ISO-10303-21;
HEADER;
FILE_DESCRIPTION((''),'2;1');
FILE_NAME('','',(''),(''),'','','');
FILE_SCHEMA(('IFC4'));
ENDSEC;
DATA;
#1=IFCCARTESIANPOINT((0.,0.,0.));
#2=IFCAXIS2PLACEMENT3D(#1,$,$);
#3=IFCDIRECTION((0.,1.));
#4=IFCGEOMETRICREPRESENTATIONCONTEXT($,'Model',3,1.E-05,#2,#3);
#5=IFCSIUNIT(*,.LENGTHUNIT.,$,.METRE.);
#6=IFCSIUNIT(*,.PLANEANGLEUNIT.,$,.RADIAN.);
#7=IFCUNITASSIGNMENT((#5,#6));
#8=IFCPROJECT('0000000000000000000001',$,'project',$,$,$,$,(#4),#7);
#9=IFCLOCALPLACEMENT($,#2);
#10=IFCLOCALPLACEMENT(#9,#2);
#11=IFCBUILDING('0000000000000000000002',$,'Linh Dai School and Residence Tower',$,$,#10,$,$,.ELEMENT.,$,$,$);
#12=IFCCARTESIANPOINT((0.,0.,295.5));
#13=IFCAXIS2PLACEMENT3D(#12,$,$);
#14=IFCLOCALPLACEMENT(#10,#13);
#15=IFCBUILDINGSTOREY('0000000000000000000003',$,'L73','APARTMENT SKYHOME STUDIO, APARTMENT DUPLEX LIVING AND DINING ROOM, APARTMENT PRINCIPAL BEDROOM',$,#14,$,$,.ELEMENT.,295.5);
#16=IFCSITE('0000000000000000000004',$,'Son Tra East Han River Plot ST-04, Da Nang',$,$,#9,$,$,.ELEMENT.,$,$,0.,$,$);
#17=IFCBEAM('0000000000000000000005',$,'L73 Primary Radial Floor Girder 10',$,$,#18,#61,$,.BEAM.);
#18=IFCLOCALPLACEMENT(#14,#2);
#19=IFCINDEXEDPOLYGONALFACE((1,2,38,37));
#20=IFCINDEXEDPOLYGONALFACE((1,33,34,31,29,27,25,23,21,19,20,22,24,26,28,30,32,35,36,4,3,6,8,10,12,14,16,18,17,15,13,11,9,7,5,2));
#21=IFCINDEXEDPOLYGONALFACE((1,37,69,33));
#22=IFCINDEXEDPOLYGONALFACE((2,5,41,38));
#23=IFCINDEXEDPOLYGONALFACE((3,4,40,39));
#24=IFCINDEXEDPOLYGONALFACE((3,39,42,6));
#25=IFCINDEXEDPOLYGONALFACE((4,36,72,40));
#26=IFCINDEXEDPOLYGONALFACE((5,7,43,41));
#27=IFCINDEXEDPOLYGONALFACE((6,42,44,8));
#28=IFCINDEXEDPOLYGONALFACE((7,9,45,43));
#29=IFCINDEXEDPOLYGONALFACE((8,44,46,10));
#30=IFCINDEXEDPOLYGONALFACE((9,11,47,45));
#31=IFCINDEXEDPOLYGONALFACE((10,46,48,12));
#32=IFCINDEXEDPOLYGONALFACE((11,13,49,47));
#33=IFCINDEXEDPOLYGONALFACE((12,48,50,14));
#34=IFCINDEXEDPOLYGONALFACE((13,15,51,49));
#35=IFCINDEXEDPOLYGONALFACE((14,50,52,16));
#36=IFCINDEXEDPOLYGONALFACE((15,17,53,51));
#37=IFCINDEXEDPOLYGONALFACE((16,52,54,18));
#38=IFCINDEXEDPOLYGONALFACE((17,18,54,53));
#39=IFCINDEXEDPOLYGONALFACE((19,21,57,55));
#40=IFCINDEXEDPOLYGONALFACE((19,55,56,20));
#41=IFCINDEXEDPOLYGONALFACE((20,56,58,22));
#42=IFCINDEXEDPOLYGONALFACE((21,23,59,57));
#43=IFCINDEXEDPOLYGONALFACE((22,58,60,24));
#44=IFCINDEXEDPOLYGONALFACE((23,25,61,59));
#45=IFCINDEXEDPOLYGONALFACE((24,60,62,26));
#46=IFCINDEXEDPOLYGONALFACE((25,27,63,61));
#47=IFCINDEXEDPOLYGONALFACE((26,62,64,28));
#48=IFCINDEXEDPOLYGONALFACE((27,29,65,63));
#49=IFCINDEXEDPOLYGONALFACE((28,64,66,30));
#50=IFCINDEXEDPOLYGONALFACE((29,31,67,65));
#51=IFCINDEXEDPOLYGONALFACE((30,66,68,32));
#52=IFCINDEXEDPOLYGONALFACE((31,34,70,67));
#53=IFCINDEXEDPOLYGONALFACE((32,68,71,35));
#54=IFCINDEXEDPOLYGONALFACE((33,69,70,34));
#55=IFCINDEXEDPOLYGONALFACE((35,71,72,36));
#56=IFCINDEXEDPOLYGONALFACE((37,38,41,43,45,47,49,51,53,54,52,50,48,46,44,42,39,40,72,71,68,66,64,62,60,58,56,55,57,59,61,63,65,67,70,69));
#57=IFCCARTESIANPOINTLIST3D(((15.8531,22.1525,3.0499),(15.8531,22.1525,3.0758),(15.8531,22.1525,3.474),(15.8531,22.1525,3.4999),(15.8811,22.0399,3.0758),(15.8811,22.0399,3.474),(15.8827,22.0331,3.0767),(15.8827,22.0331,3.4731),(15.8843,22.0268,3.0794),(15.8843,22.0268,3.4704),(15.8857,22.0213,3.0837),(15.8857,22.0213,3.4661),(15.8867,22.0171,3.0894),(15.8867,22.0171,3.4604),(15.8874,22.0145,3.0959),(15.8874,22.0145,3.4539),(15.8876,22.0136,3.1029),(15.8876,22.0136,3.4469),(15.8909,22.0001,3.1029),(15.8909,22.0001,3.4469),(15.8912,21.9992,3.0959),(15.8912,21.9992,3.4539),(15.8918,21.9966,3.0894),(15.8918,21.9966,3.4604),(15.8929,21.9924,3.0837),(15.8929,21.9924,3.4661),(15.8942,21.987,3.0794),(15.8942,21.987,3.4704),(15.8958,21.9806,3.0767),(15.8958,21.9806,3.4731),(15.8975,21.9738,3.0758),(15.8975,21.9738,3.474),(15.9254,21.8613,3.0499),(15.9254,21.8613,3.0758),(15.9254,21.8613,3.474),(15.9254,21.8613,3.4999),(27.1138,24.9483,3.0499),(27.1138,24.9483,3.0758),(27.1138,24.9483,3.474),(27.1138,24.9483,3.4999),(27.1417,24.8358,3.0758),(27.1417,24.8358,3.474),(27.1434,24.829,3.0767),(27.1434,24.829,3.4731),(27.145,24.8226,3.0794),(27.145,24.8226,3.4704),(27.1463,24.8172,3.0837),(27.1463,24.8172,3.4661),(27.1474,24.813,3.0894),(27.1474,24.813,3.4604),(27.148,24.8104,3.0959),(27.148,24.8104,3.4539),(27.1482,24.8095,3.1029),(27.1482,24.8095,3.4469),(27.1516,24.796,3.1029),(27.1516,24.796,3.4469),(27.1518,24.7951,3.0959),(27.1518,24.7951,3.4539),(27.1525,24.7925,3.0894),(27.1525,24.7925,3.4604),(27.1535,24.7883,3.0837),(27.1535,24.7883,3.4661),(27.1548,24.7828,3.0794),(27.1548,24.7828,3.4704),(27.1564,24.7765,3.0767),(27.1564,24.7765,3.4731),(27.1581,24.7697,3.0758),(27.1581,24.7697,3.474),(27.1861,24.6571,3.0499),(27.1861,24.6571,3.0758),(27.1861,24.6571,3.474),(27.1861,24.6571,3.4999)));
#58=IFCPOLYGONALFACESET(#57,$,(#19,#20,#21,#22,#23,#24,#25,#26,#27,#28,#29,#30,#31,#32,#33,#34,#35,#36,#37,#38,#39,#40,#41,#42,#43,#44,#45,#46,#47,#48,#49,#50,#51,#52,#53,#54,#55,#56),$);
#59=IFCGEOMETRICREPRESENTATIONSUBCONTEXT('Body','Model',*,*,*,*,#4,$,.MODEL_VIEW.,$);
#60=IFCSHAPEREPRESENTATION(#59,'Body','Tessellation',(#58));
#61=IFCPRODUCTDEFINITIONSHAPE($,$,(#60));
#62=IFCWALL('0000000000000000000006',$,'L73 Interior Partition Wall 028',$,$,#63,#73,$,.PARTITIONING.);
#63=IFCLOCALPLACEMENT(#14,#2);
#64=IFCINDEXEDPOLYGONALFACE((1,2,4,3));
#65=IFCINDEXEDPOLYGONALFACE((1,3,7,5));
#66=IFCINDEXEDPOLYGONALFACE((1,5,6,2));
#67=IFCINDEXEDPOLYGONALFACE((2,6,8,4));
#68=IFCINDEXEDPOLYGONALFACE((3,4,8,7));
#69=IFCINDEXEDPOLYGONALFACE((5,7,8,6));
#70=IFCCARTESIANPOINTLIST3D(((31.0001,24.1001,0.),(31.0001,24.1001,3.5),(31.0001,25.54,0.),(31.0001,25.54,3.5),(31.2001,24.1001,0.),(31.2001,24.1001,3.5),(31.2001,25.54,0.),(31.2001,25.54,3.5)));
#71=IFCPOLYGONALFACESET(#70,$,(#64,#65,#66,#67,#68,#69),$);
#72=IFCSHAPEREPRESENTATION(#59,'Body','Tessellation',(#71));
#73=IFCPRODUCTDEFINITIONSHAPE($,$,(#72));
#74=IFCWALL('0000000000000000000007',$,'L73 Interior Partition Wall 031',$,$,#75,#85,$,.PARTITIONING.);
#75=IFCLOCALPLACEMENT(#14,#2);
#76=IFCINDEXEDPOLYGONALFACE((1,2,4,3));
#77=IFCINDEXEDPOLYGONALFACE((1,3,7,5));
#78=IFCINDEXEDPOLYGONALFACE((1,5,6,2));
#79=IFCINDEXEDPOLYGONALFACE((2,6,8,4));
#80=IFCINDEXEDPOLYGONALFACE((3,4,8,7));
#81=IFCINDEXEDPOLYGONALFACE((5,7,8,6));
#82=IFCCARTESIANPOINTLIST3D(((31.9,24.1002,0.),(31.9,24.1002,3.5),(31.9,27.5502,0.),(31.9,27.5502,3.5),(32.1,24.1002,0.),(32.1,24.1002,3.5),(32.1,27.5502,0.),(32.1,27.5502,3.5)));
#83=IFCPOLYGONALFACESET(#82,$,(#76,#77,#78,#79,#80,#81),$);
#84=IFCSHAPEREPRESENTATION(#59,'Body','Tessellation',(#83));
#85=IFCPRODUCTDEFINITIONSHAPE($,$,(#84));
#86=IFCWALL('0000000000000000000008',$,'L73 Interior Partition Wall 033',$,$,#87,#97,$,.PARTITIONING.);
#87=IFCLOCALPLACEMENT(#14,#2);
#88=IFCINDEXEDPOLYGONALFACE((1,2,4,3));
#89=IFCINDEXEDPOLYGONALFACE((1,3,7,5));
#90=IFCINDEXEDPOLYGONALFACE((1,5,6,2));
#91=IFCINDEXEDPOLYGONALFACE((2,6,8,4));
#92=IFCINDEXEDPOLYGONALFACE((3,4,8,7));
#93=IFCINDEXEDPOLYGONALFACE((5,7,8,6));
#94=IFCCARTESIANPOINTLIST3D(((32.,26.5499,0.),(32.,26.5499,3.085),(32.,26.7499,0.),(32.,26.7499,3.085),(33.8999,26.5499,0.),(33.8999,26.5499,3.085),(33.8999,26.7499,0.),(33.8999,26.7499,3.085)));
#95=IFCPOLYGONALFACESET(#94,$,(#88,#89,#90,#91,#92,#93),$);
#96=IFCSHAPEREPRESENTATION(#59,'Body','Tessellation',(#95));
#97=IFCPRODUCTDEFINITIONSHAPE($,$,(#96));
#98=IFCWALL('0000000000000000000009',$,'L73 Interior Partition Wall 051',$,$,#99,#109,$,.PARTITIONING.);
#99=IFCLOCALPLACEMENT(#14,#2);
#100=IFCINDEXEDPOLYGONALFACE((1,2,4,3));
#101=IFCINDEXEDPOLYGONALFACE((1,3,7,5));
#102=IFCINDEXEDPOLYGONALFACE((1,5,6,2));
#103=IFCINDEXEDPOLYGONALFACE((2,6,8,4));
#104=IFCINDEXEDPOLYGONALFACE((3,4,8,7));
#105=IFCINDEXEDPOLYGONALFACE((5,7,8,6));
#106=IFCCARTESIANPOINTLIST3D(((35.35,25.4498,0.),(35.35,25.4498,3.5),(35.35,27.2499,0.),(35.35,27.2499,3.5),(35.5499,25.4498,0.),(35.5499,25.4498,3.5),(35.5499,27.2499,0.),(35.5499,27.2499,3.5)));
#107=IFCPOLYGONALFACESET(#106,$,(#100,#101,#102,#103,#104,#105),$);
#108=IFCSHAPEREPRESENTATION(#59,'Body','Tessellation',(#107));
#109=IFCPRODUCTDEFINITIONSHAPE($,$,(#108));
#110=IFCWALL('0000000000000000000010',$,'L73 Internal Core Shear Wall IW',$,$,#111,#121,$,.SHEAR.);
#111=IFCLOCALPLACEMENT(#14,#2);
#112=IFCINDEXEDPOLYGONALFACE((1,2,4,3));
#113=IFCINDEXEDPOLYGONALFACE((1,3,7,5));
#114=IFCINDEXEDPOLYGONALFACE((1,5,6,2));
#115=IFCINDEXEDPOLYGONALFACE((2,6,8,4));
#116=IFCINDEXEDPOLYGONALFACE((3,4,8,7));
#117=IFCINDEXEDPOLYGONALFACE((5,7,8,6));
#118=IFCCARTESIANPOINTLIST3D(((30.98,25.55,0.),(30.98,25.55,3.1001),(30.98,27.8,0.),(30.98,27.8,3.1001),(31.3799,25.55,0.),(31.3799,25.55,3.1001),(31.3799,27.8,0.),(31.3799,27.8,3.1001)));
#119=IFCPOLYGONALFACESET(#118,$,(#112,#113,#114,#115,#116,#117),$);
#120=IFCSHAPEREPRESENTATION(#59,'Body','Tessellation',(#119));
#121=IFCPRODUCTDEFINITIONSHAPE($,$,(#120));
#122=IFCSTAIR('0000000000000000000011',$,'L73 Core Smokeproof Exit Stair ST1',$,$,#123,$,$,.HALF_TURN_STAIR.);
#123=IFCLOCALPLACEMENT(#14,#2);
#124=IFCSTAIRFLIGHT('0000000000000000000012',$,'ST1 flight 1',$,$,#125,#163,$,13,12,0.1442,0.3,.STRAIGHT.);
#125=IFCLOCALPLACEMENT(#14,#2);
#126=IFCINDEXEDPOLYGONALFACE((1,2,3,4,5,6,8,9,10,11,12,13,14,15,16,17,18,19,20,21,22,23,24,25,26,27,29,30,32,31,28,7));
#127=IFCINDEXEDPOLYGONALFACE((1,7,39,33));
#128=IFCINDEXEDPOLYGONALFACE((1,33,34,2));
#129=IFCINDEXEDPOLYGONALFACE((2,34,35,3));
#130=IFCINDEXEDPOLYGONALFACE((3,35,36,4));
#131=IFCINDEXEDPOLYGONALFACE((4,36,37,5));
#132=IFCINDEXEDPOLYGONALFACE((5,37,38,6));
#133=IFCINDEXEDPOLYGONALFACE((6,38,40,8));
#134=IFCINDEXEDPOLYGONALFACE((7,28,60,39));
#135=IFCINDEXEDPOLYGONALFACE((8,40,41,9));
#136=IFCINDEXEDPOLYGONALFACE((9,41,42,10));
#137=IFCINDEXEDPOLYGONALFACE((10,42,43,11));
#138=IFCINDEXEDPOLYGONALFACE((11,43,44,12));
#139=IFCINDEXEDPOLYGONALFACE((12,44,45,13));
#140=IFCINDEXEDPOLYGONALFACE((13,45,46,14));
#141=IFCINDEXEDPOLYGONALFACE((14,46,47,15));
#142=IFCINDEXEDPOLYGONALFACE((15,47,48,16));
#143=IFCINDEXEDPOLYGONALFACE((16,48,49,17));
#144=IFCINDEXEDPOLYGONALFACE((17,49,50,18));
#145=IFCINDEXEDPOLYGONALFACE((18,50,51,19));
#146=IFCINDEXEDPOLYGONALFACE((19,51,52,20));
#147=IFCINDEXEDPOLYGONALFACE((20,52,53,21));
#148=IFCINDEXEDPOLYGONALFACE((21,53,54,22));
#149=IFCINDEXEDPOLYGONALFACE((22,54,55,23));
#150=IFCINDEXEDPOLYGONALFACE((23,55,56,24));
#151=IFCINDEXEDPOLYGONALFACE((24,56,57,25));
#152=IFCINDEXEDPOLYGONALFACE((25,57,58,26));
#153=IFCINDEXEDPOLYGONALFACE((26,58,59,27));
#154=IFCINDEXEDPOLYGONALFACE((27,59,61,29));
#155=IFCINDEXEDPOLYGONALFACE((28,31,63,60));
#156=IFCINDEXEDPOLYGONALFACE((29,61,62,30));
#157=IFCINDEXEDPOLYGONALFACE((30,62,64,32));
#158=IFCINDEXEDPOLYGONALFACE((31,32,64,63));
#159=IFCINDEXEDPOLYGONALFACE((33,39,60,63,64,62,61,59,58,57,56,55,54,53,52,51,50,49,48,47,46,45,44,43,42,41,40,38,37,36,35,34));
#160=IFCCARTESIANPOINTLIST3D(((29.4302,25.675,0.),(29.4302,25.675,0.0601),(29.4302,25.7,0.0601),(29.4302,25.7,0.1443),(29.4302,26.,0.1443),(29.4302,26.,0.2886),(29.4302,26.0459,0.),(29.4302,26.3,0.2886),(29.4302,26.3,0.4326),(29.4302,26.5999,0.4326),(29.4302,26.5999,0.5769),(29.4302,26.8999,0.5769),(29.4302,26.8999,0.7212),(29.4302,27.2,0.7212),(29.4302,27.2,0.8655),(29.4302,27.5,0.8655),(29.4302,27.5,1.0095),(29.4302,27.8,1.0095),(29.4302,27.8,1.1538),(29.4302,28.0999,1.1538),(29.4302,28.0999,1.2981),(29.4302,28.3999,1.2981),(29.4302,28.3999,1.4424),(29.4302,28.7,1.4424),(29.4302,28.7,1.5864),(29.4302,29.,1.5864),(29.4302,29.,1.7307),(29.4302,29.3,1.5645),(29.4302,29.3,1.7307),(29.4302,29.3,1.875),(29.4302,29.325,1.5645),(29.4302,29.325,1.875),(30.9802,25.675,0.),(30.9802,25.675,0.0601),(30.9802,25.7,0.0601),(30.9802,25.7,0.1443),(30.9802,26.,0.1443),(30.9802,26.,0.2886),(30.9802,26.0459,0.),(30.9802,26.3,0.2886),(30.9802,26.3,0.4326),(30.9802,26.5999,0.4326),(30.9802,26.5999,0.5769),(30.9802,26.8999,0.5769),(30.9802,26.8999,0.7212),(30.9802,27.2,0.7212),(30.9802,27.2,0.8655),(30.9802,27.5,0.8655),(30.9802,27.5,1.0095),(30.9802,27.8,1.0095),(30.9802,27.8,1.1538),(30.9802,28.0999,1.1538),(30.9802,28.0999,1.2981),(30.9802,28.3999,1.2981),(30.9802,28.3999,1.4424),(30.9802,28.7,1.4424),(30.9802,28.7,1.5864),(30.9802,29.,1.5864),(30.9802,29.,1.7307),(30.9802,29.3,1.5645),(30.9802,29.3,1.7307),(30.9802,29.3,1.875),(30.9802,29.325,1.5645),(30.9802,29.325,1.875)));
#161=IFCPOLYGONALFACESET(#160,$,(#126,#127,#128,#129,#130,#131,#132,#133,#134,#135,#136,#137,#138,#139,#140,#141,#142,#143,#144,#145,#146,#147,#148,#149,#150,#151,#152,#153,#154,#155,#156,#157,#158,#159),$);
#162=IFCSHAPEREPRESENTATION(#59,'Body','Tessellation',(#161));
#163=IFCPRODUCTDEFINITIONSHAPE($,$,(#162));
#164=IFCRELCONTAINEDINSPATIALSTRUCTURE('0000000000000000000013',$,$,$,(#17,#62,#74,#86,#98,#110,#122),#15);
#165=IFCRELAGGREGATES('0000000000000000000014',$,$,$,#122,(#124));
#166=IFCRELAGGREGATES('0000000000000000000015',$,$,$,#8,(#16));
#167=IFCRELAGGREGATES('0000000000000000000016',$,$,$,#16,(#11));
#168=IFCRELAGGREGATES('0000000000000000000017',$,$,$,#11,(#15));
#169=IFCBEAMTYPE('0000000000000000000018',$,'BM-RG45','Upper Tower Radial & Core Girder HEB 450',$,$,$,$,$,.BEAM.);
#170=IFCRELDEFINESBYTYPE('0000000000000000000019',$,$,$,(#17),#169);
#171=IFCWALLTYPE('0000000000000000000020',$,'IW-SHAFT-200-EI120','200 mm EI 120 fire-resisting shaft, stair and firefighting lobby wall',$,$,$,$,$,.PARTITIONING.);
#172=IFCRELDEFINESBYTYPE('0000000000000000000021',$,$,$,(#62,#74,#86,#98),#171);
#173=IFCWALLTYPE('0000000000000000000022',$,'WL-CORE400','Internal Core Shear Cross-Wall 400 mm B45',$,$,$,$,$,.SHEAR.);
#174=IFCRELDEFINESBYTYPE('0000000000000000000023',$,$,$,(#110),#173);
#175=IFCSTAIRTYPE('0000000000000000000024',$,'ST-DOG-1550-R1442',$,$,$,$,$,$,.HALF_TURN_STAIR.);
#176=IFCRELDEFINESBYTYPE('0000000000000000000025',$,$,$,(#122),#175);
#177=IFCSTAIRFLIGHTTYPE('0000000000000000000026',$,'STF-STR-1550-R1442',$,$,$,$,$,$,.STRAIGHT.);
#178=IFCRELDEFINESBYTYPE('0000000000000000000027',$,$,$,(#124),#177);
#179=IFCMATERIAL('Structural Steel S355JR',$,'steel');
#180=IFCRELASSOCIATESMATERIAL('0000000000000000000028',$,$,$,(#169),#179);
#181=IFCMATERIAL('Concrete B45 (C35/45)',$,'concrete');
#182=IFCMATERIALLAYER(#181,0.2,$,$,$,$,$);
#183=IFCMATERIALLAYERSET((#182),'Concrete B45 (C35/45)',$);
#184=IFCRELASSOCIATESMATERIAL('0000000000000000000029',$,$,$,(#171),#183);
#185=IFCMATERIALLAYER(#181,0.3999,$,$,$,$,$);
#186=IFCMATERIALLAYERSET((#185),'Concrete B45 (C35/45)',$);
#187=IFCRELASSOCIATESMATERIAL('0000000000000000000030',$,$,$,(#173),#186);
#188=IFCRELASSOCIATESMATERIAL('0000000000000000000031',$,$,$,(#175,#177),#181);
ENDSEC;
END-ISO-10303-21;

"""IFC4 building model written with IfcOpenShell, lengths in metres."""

from ifc_helpers import new_model, si_unit, direction, frame, frame_2d, origin, origin_2d, place, context, subcontext, project, spatial, polyline, rectangle, i_section, outline, extrude, source, transform, mapped, material, layer, layer_set, material_profile, profile_set, type_object, element, aggregate, save


model = new_model("IFC4")

# Units and contexts
model_context = context("Model", 3, precision=1e-05, world=origin(), true_north=direction((0.0, 1.0)))
body_context = subcontext(model_context, "Body", "Model", "MODEL_VIEW")
ifc_project = project(units=[si_unit("LENGTHUNIT", "METRE"), si_unit("PLANEANGLEUNIT", "RADIAN")], contexts=[model_context])

# Site, building, storey
site_placement = place(None, origin())
site = spatial("IfcSite", under=ifc_project, at=site_placement, Name="Son Tra East Han River Plot ST-04, Da Nang", CompositionType="ELEMENT", RefElevation=0.0)
building_placement = place(site_placement, origin())
building = spatial("IfcBuilding", under=site, at=building_placement, Name="Linh Dai School and Residence Tower", CompositionType="ELEMENT")
storey_placement = place(building_placement, frame((0.0, 0.0, 295.5)))
storey = spatial("IfcBuildingStorey", under=building, at=storey_placement, Name="L73", Description="APARTMENT SKYHOME STUDIO, APARTMENT DUPLEX LIVING AND DINING ROOM, APARTMENT PRINCIPAL BEDROOM", CompositionType="ELEMENT", Elevation=295.5)

# Shared definitions
ifc_material_1 = material(Name="Structural Steel S355JR", Category="steel")

# Beam
ifc_material_profile_1 = material_profile(ifc_material_1, i_section(OverallWidth=0.3, OverallDepth=0.45, WebThickness=0.0139, FlangeThickness=0.0259, FilletRadius=0.0271, at=origin_2d()), Name="HEB 450")
ifc_profile_set_1 = profile_set([ifc_material_profile_1], Name="Structural Steel S355JR")
beam_type = type_object("IfcBeamType", Name="BM-RG45", Description="Upper Tower Radial & Core Girder HEB 450", PredefinedType="BEAM", material=ifc_profile_set_1)
beam_placement = place(storey_placement, frame((27.1499, 24.8027, 3.2749), z_axis=(-0.970532, -0.240971, 0.0), x_axis=(0.240971, -0.970532, 0.0)))
element("IfcBeam", 1, at=beam_placement, inside=storey, type_object=beam_type, Name="L73 Primary Radial Floor Girder 10", PredefinedType="BEAM", context=body_context, shape_type="SweptSolid", body=[
    extrude(i_section(OverallWidth=0.3, OverallDepth=0.45, WebThickness=0.0139, FlangeThickness=0.0259, FilletRadius=0.0271, at=origin_2d()), origin(), (0.0, 0.0, 1.0), 11.6025),
])

# Shared definitions
ifc_material_2 = material(Name="Concrete B45 (C35/45)", Category="concrete")
ifc_layer_1 = layer(ifc_material_2, 0.2)
ifc_layer_set_1 = layer_set([ifc_layer_1], Name="Concrete B45 (C35/45)")
wall_type_1 = type_object("IfcWallType", Name="IW-SHAFT-200-EI120", Description="200 mm EI 120 fire-resisting shaft, stair and firefighting lobby wall", PredefinedType="PARTITIONING", material=ifc_layer_set_1)

# Walls
wall_1_placement = place(storey_placement, frame((31.1001, 24.1001, 0.0), z_axis=(0.0, 0.0, 1.0), x_axis=(0.0, 1.0, 0.0)))
element("IfcWall", 2, at=wall_1_placement, inside=storey, type_object=wall_type_1, Name="L73 Interior Partition Wall 028", PredefinedType="PARTITIONING", context=body_context, shape_type="SweptSolid", body=[
    extrude(rectangle(XDim=1.4399, YDim=0.2, at=frame_2d((0.72, 0.0))), origin(), (0.0, 0.0, 1.0), 3.5),
])
wall_2_placement = place(storey_placement, frame((32.0, 24.1001, 0.0), z_axis=(0.0, 0.0, 1.0), x_axis=(0.0, 1.0, 0.0)))
element("IfcWall", 3, at=wall_2_placement, inside=storey, type_object=wall_type_1, Name="L73 Interior Partition Wall 031", PredefinedType="PARTITIONING", context=body_context, shape_type="SweptSolid", body=[
    extrude(rectangle(XDim=3.45, YDim=0.2, at=frame_2d((1.7251, 0.0))), origin(), (0.0, 0.0, 1.0), 3.5),
])

# Walls
wall_3_placement = place(storey_placement, frame((32.0, 26.6499, 0.0), z_axis=(0.0, 0.0, 1.0), x_axis=(1.0, 0.0, 0.0)))
element("IfcWall", 4, at=wall_3_placement, inside=storey, type_object=wall_type_1, Name="L73 Interior Partition Wall 033", PredefinedType="PARTITIONING", context=body_context, shape_type="SweptSolid", body=[
    extrude(rectangle(XDim=1.8999, YDim=0.2, at=frame_2d((0.95, 0.0))), origin(), (0.0, 0.0, 1.0), 3.085),
])
wall_4_placement = place(storey_placement, frame((35.45, 25.45, 0.0), z_axis=(0.0, 0.0, 1.0), x_axis=(0.0, 1.0, 0.0)))
element("IfcWall", 5, at=wall_4_placement, inside=storey, type_object=wall_type_1, Name="L73 Interior Partition Wall 051", PredefinedType="PARTITIONING", context=body_context, shape_type="SweptSolid", body=[
    extrude(rectangle(XDim=1.8, YDim=0.2, at=frame_2d((0.8999, 0.0))), origin(), (0.0, 0.0, 1.0), 3.5),
])

# Wall
ifc_layer_2 = layer(ifc_material_2, 0.3999)
ifc_layer_set_2 = layer_set([ifc_layer_2], Name="Concrete B45 (C35/45)")
wall_type_2 = type_object("IfcWallType", Name="WL-CORE400", Description="Internal Core Shear Cross-Wall 400 mm B45", PredefinedType="SHEAR", material=ifc_layer_set_2)
wall_5_placement = place(storey_placement, frame((31.1799, 25.55, 0.0), z_axis=(0.0, 0.0, 1.0), x_axis=(0.0, 1.0, 0.0)))
element("IfcWall", 6, at=wall_5_placement, inside=storey, type_object=wall_type_2, Name="L73 Internal Core Shear Wall IW", PredefinedType="SHEAR", context=body_context, shape_type="SweptSolid", body=[
    extrude(rectangle(XDim=2.25, YDim=0.3999, at=frame_2d((1.125, 0.0))), origin(), (0.0, 0.0, 1.0), 3.1001),
])

# Stair, stair flight
stair_type = type_object("IfcStairType", Name="ST-DOG-1550-R1442", PredefinedType="HALF_TURN_STAIR", material=ifc_material_2)
stair_placement = place(storey_placement, origin())
stair = element("IfcStair", 7, at=stair_placement, inside=storey, type_object=stair_type, Name="L73 Core Smokeproof Exit Stair ST1", PredefinedType="HALF_TURN_STAIR")
stair_flight_type = type_object("IfcStairFlightType", Name="STF-STR-1550-R1442", PredefinedType="STRAIGHT", material=ifc_material_2)
shared_shape_1 = source(origin(), body_context, "Body", "SweptSolid", [
    extrude(outline(polyline([(-0.0249, 0.0), (-0.0249, 0.0601), (0.0, 0.0601), (0.0, 0.1443), (0.3, 0.1443), (0.3, 0.2886), (0.6001, 0.2886), (0.6001, 0.4326), (0.8999, 0.4326), (0.8999, 0.5769), (1.2, 0.5769), (1.2, 0.7212), (1.5, 0.7212), (1.5, 0.8655), (1.8, 0.8655), (1.8, 1.0095), (2.1001, 1.0095), (2.1001, 1.1538), (2.3999, 1.1538), (2.3999, 1.2981), (2.7, 1.2981), (2.7, 1.4424), (3.0, 1.4424), (3.0, 1.5864), (3.3, 1.5864), (3.3, 1.7307), (3.6001, 1.7307), (3.6001, 1.875), (3.625, 1.875), (3.625, 1.5645), (3.6001, 1.5645), (0.3459, 0.0), (-0.0249, 0.0)])), frame((0.0, 0.7749, 0.0), z_axis=(0.0, -1.0, 0.0), x_axis=(1.0, 0.0, 0.0)), (0.0, 0.0, 1.0), 1.55),
])
stair_flight_placement = place(storey_placement, frame((30.2051, 25.7, 0.0), z_axis=(0.0, 0.0, 1.0), x_axis=(0.0, 1.0, 0.0)))
stair_flight = element("IfcStairFlight", 8, at=stair_flight_placement, type_object=stair_flight_type, Name="ST1 flight 1", NumberOfRisers=13, NumberOfTreads=12, PredefinedType="STRAIGHT", RiserHeight=0.1442, TreadLength=0.3, context=body_context, shape_type="MappedRepresentation", body=[
    mapped(shared_shape_1, transform((0.0, 0.0, 0.0), x_axis=(1.0, 0.0, 0.0), y_axis=(0.0, 1.0, 0.0), z_axis=(0.0, 0.0, 1.0), scale=1.0)),
])
aggregate(stair, [stair_flight])

save(model, "model.ifc")
